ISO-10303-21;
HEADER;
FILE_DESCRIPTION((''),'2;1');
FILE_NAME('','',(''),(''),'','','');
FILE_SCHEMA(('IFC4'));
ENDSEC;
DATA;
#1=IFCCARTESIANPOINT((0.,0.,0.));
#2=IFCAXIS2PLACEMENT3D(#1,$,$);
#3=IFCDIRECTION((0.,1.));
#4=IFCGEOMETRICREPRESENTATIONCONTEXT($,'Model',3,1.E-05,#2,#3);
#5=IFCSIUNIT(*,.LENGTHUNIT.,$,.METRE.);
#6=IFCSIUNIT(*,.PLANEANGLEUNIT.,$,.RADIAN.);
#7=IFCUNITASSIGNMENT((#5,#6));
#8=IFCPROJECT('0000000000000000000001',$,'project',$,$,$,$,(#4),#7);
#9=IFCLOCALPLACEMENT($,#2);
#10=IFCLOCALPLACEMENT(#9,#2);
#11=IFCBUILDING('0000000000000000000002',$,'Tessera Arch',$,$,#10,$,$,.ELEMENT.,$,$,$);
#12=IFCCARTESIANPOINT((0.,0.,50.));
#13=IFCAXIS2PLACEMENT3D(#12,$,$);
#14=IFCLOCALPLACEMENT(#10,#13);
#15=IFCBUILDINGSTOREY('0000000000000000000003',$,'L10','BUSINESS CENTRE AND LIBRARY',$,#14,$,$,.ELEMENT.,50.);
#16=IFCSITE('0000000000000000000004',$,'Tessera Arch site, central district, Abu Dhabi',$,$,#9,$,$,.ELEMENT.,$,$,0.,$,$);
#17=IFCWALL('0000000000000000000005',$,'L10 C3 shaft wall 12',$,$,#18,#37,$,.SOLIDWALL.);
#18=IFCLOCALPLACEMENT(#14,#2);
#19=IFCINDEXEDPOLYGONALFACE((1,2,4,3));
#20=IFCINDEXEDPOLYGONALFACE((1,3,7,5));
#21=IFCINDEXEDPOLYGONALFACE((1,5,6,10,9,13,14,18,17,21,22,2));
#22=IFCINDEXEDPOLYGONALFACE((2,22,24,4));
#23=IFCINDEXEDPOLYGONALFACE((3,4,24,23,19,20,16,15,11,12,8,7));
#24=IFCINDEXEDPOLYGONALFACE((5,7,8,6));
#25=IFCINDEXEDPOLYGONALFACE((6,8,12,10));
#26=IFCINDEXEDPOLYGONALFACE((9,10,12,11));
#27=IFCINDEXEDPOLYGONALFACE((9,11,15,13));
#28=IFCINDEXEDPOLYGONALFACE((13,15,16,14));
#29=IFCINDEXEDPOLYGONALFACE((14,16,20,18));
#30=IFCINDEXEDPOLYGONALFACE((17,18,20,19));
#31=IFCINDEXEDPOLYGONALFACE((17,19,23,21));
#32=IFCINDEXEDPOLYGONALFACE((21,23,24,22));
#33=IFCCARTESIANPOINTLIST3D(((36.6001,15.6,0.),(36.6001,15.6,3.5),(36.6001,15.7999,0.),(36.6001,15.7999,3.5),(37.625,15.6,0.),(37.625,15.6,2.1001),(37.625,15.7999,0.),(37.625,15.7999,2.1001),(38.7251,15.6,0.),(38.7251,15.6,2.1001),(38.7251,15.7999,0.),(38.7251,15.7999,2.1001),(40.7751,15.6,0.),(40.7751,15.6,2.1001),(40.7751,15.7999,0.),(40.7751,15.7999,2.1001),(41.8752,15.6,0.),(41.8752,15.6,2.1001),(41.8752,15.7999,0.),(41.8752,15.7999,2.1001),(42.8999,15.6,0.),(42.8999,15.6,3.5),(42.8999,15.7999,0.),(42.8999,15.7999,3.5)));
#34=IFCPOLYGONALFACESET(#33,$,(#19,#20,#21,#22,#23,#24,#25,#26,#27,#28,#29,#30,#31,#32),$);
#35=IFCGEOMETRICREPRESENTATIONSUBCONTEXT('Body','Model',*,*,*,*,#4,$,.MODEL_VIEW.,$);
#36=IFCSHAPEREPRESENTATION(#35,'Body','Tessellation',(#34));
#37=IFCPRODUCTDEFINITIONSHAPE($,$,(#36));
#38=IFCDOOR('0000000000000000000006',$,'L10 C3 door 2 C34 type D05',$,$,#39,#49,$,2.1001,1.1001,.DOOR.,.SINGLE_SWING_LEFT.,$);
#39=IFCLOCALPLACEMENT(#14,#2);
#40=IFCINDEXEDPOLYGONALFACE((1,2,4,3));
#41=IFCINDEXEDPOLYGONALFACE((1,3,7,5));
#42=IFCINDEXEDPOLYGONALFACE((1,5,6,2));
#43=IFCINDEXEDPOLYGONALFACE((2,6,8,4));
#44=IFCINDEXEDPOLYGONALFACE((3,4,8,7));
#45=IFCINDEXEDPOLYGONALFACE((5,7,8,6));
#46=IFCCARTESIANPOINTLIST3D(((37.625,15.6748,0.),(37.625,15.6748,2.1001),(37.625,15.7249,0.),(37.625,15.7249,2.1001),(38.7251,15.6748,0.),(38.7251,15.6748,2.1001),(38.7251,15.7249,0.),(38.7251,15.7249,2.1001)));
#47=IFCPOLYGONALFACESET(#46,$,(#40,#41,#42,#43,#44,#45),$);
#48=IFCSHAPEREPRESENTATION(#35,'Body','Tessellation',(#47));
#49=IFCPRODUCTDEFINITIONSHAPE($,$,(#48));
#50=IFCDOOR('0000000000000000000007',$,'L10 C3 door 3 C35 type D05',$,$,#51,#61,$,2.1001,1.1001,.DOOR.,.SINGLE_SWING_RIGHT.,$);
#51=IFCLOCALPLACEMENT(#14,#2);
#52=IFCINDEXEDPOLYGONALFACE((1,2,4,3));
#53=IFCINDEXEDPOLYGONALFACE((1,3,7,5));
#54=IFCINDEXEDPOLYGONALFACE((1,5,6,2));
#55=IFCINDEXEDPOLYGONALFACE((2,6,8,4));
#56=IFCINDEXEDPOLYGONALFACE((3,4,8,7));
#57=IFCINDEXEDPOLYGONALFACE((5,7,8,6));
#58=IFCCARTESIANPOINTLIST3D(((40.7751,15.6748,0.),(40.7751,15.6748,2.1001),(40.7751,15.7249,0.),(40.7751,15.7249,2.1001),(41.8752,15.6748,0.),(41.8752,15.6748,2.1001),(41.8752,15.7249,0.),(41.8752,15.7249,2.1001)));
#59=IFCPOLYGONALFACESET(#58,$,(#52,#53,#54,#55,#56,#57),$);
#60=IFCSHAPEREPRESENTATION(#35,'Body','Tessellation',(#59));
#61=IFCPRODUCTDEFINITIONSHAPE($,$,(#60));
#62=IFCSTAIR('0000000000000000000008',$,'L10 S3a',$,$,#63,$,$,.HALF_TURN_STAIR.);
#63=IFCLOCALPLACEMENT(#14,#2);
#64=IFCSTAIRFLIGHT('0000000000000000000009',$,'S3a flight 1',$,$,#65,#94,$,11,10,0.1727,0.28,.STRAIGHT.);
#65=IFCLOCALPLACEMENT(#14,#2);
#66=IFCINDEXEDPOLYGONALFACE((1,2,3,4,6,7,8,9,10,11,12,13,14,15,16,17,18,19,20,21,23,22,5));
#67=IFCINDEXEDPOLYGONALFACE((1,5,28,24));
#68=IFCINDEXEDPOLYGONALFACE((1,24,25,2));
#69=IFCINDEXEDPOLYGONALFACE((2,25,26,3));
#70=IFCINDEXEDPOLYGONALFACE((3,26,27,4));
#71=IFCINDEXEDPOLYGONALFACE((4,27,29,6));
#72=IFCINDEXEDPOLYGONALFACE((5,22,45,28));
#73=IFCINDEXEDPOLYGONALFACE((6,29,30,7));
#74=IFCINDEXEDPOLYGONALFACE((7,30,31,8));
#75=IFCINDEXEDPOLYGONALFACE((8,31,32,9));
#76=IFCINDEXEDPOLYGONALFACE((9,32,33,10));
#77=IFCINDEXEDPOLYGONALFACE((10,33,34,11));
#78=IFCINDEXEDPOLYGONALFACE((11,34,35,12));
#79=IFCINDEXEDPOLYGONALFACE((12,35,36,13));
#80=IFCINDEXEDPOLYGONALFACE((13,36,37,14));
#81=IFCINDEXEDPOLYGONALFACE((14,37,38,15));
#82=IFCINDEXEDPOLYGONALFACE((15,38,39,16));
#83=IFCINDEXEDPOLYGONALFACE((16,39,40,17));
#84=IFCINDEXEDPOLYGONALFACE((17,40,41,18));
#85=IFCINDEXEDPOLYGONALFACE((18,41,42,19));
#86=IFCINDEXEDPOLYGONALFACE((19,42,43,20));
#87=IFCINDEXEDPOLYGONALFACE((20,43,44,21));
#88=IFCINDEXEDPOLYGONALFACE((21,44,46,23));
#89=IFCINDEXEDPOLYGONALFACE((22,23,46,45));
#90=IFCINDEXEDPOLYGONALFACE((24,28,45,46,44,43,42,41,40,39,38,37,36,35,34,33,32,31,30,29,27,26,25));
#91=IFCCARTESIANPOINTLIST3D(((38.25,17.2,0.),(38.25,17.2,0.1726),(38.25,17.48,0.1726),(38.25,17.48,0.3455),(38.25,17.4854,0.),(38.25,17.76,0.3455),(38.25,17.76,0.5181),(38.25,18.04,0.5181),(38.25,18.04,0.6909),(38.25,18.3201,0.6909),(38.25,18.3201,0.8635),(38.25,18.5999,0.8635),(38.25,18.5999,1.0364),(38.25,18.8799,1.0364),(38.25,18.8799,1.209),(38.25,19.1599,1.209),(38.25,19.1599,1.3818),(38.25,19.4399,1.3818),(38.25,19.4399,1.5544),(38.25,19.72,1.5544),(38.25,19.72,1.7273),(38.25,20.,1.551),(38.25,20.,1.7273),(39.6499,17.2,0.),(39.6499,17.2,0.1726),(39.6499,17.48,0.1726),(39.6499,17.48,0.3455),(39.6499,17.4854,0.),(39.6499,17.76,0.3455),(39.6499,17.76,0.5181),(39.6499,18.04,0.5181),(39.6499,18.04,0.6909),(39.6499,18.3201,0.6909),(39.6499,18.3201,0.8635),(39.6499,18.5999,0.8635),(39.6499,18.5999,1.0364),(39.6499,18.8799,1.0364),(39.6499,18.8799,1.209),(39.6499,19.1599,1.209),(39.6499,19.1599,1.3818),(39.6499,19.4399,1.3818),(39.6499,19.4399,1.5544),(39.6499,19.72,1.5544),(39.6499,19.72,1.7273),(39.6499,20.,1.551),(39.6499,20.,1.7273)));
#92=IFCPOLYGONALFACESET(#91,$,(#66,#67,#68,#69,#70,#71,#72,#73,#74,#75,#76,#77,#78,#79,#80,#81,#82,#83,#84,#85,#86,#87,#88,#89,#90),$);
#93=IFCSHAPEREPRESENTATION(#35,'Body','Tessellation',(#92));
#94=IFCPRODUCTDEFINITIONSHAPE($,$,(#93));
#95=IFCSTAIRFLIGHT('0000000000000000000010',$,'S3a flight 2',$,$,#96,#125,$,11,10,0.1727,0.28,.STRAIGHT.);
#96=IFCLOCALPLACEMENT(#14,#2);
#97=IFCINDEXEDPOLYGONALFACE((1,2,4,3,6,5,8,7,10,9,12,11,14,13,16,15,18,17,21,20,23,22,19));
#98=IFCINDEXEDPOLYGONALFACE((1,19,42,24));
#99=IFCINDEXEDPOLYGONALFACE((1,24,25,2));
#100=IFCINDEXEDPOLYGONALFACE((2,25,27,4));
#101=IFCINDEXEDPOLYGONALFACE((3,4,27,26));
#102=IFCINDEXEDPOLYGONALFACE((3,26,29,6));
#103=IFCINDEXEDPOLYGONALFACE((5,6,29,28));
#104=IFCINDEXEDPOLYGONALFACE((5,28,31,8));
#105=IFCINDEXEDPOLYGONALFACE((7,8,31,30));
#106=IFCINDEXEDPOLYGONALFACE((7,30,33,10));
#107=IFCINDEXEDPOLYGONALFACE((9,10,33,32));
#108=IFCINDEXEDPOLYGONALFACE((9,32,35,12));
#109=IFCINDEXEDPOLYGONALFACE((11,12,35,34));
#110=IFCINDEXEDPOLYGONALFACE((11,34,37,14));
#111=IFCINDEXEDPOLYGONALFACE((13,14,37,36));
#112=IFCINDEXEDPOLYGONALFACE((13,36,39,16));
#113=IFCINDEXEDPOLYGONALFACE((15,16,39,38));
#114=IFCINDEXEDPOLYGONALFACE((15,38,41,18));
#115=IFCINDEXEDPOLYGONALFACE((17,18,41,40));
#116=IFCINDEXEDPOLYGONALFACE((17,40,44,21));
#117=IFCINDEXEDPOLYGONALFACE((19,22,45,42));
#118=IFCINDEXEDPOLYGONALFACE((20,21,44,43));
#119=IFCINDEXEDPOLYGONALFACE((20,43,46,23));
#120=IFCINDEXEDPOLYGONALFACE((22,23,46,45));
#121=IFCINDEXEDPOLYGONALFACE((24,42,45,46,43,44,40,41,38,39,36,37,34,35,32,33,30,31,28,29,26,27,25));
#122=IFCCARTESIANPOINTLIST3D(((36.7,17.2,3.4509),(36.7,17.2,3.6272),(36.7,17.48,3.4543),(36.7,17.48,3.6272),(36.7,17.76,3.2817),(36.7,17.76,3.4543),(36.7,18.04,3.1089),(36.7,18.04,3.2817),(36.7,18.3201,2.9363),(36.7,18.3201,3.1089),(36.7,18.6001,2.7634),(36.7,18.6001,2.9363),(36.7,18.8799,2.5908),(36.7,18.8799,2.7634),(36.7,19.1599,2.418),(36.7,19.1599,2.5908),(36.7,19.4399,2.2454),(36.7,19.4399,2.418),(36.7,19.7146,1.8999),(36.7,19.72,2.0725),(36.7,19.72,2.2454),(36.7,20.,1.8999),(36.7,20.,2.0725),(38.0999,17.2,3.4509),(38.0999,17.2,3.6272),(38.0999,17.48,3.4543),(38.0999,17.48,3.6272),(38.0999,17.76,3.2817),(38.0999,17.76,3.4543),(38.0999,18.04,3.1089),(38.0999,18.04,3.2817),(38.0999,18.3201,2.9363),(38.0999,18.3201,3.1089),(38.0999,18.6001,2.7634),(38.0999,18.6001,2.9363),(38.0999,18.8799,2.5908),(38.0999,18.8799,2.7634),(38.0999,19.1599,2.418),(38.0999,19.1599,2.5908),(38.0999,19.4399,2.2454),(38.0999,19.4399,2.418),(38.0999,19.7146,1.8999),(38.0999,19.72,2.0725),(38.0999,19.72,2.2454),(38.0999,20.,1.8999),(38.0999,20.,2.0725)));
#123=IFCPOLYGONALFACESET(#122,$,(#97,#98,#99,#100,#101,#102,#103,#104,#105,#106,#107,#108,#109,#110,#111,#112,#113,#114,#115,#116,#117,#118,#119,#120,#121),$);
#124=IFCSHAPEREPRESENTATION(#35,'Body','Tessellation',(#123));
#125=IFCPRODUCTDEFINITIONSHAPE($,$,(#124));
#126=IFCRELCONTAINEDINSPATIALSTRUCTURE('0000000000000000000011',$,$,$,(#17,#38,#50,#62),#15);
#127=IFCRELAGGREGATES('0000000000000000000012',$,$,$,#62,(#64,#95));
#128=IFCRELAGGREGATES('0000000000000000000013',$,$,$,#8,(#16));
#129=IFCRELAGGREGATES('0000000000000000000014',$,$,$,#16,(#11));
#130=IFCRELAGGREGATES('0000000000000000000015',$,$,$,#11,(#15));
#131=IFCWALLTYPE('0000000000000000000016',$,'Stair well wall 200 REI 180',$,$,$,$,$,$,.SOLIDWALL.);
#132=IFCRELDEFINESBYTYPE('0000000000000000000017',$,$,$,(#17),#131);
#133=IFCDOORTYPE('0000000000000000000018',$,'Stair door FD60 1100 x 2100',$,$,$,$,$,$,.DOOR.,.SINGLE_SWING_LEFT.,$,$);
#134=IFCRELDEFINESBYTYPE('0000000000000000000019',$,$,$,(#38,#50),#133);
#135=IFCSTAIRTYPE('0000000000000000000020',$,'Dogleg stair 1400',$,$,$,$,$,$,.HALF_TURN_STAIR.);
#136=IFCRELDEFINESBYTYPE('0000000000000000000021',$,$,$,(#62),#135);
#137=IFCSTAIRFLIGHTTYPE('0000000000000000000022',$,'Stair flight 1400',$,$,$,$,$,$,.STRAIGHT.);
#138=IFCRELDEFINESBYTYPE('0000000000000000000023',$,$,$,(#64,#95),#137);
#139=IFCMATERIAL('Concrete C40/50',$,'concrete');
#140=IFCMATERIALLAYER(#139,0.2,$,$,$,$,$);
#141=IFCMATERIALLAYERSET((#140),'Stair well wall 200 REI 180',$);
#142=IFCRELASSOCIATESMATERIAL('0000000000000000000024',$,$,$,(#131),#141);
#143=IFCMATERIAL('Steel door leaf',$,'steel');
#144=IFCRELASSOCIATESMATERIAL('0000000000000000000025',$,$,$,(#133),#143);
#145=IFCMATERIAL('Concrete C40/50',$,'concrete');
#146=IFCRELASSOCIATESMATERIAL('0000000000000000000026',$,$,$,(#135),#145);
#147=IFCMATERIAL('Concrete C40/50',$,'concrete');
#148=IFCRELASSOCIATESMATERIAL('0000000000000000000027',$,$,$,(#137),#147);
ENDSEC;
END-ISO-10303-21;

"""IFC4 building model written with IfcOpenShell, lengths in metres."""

from ifc_helpers import new_model, si_unit, direction, frame, frame_2d, origin, place, context, subcontext, project, spatial, polyline, rectangle, outline, extrude, material, layer, layer_set, type_object, element, fill, aggregate, save


model = new_model("IFC4")

# Units and contexts
model_context = context("Model", 3, precision=1e-05, world=origin(), true_north=direction((0.0, 1.0)))
body_context = subcontext(model_context, "Body", "Model", "MODEL_VIEW")
ifc_project = project(units=[si_unit("LENGTHUNIT", "METRE"), si_unit("PLANEANGLEUNIT", "RADIAN")], contexts=[model_context])

# Site, building, storey
site_placement = place(None, origin())
site = spatial("IfcSite", under=ifc_project, at=site_placement, Name="Tessera Arch site, central district, Abu Dhabi", CompositionType="ELEMENT", RefElevation=0.0)
building_placement = place(site_placement, origin())
building = spatial("IfcBuilding", under=site, at=building_placement, Name="Tessera Arch", CompositionType="ELEMENT")
storey_placement = place(building_placement, frame((0.0, 0.0, 50.0)))
storey = spatial("IfcBuildingStorey", under=building, at=storey_placement, Name="L10", Description="BUSINESS CENTRE AND LIBRARY", CompositionType="ELEMENT", Elevation=50.0)

# Shared definitions
ifc_material_1 = material(Name="Concrete C40/50", Category="concrete")
ifc_layer_1 = layer(ifc_material_1, 0.2)
ifc_layer_set_1 = layer_set([ifc_layer_1], Name="Stair well wall 200 REI 180")
wall_type_1 = type_object("IfcWallType", Name="Stair well wall 200 REI 180", PredefinedType="SOLIDWALL", material=ifc_layer_set_1)

# Wall, openings, doors
wall_1_placement = place(storey_placement, frame((36.6001, 15.7, 0.0), z_axis=(0.0, 0.0, 1.0), x_axis=(1.0, 0.0, 0.0)))
wall_1 = element("IfcWall", 1, at=wall_1_placement, inside=storey, type_object=wall_type_1, Name="L10 C3 shaft wall 12", PredefinedType="SOLIDWALL", context=body_context, shape_type="SweptSolid", body=[
    extrude(rectangle(XDim=6.2998, YDim=0.2, at=frame_2d((3.1499, 0.0))), origin(), (0.0, 0.0, 1.0), 3.5),
])
opening_1_placement = place(wall_1_placement, frame((1.0249, 0.0, 0.0)))
opening_1 = element("IfcOpeningElement", 2, at=opening_1_placement, cuts=wall_1, PredefinedType="OPENING", context=body_context, shape_type="SweptSolid", body=[
    extrude(rectangle(XDim=1.1001, YDim=2.1001, at=frame_2d((0.55, 1.05))), frame((0.0, 0.1099, 0.0), z_axis=(0.0, -1.0, 0.0), x_axis=(1.0, 0.0, 0.0)), (0.0, 0.0, 1.0), 0.22),
])
opening_2_placement = place(wall_1_placement, frame((4.175, 0.0, 0.0)))
opening_2 = element("IfcOpeningElement", 3, at=opening_2_placement, cuts=wall_1, PredefinedType="OPENING", context=body_context, shape_type="SweptSolid", body=[
    extrude(rectangle(XDim=1.1001, YDim=2.1001, at=frame_2d((0.55, 1.05))), frame((0.0, 0.1099, 0.0), z_axis=(0.0, -1.0, 0.0), x_axis=(1.0, 0.0, 0.0)), (0.0, 0.0, 1.0), 0.22),
])
ifc_material_2 = material(Name="Steel door leaf", Category="steel")
door_type_1 = type_object("IfcDoorType", Name="Stair door FD60 1100 x 2100", OperationType="SINGLE_SWING_LEFT", PredefinedType="DOOR", material=ifc_material_2)
door_1_placement = place(opening_1_placement, origin())
door_1 = element("IfcDoor", 4, at=door_1_placement, inside=storey, type_object=door_type_1, Name="L10 C3 door 2 C34 type D05", OperationType="SINGLE_SWING_LEFT", OverallHeight=2.1001, OverallWidth=1.1001, PredefinedType="DOOR", context=body_context, shape_type="SweptSolid", body=[
    extrude(rectangle(XDim=1.1001, YDim=2.1001, at=frame_2d((0.55, 1.05))), frame((0.0, 0.0249, 0.0), z_axis=(0.0, -1.0, 0.0), x_axis=(1.0, 0.0, 0.0)), (0.0, 0.0, 1.0), 0.05),
])
fill(opening_1, door_1)
door_2_placement = place(opening_2_placement, origin())
door_2 = element("IfcDoor", 5, at=door_2_placement, inside=storey, type_object=door_type_1, Name="L10 C3 door 3 C35 type D05", OperationType="SINGLE_SWING_RIGHT", OverallHeight=2.1001, OverallWidth=1.1001, PredefinedType="DOOR", context=body_context, shape_type="SweptSolid", body=[
    extrude(rectangle(XDim=1.1001, YDim=2.1001, at=frame_2d((0.55, 1.05))), frame((0.0, 0.0249, 0.0), z_axis=(0.0, -1.0, 0.0), x_axis=(1.0, 0.0, 0.0)), (0.0, 0.0, 1.0), 0.05),
])
fill(opening_2, door_2)

# Stair, stair flights
ifc_material_3 = material(Name="Concrete C40/50", Category="concrete")
stair_type = type_object("IfcStairType", Name="Dogleg stair 1400", PredefinedType="HALF_TURN_STAIR", material=ifc_material_3)
stair_placement = place(storey_placement, origin())
stair = element("IfcStair", 6, at=stair_placement, inside=storey, type_object=stair_type, Name="L10 S3a", PredefinedType="HALF_TURN_STAIR")
ifc_material_4 = material(Name="Concrete C40/50", Category="concrete")
stair_flight_type = type_object("IfcStairFlightType", Name="Stair flight 1400", PredefinedType="STRAIGHT", material=ifc_material_4)
stair_flight_1_placement = place(storey_placement, frame((38.95, 17.2, 0.0), z_axis=(0.0, 0.0, 1.0), x_axis=(0.0, 1.0, 0.0)))
stair_flight_1 = element("IfcStairFlight", 7, at=stair_flight_1_placement, type_object=stair_flight_type, Name="S3a flight 1", NumberOfRisers=11, NumberOfTreads=10, PredefinedType="STRAIGHT", RiserHeight=0.1727, TreadLength=0.28, context=body_context, shape_type="SweptSolid", body=[
    extrude(outline(polyline([(0.0, 0.0), (0.0, 0.1726), (0.28, 0.1726), (0.28, 0.3455), (0.5601, 0.3455), (0.5601, 0.5181), (0.8401, 0.5181), (0.8401, 0.6909), (1.1201, 0.6909), (1.1201, 0.8635), (1.3999, 0.8635), (1.3999, 1.0364), (1.6799, 1.0364), (1.6799, 1.209), (1.96, 1.209), (1.96, 1.3818), (2.24, 1.3818), (2.24, 1.5544), (2.52, 1.5544), (2.52, 1.7273), (2.8, 1.7273), (2.8, 1.8999), (2.8, 1.551), (0.2854, 0.0), (0.0, 0.0)])), frame((0.0, 0.7, 0.0), z_axis=(0.0, -1.0, 0.0), x_axis=(1.0, 0.0, 0.0)), (0.0, 0.0, 1.0), 1.3999),
])
stair_flight_2_placement = place(storey_placement, frame((37.3999, 20.0, 1.8999), z_axis=(0.0, 0.0, 1.0), x_axis=(0.0, -1.0, 0.0)))
stair_flight_2 = element("IfcStairFlight", 8, at=stair_flight_2_placement, type_object=stair_flight_type, Name="S3a flight 2", NumberOfRisers=11, NumberOfTreads=10, PredefinedType="STRAIGHT", RiserHeight=0.1727, TreadLength=0.28, context=body_context, shape_type="SweptSolid", body=[
    extrude(outline(polyline([(0.0, 0.0), (0.0, 0.1726), (0.28, 0.1726), (0.28, 0.3455), (0.5601, 0.3455), (0.5601, 0.5181), (0.8401, 0.5181), (0.8401, 0.6909), (1.1201, 0.6909), (1.1201, 0.8635), (1.3999, 0.8635), (1.3999, 1.0364), (1.6799, 1.0364), (1.6799, 1.209), (1.96, 1.209), (1.96, 1.3818), (2.24, 1.3818), (2.24, 1.5544), (2.52, 1.5544), (2.52, 1.7273), (2.8, 1.7273), (2.8, 1.8999), (2.8, 1.551), (0.2854, 0.0), (0.0, 0.0)])), frame((0.0, 0.7, 0.0), z_axis=(0.0, -1.0, 0.0), x_axis=(1.0, 0.0, 0.0)), (0.0, 0.0, 1.0), 1.3999),
])
aggregate(stair, [stair_flight_1, stair_flight_2])

save(model, "model.ifc")
